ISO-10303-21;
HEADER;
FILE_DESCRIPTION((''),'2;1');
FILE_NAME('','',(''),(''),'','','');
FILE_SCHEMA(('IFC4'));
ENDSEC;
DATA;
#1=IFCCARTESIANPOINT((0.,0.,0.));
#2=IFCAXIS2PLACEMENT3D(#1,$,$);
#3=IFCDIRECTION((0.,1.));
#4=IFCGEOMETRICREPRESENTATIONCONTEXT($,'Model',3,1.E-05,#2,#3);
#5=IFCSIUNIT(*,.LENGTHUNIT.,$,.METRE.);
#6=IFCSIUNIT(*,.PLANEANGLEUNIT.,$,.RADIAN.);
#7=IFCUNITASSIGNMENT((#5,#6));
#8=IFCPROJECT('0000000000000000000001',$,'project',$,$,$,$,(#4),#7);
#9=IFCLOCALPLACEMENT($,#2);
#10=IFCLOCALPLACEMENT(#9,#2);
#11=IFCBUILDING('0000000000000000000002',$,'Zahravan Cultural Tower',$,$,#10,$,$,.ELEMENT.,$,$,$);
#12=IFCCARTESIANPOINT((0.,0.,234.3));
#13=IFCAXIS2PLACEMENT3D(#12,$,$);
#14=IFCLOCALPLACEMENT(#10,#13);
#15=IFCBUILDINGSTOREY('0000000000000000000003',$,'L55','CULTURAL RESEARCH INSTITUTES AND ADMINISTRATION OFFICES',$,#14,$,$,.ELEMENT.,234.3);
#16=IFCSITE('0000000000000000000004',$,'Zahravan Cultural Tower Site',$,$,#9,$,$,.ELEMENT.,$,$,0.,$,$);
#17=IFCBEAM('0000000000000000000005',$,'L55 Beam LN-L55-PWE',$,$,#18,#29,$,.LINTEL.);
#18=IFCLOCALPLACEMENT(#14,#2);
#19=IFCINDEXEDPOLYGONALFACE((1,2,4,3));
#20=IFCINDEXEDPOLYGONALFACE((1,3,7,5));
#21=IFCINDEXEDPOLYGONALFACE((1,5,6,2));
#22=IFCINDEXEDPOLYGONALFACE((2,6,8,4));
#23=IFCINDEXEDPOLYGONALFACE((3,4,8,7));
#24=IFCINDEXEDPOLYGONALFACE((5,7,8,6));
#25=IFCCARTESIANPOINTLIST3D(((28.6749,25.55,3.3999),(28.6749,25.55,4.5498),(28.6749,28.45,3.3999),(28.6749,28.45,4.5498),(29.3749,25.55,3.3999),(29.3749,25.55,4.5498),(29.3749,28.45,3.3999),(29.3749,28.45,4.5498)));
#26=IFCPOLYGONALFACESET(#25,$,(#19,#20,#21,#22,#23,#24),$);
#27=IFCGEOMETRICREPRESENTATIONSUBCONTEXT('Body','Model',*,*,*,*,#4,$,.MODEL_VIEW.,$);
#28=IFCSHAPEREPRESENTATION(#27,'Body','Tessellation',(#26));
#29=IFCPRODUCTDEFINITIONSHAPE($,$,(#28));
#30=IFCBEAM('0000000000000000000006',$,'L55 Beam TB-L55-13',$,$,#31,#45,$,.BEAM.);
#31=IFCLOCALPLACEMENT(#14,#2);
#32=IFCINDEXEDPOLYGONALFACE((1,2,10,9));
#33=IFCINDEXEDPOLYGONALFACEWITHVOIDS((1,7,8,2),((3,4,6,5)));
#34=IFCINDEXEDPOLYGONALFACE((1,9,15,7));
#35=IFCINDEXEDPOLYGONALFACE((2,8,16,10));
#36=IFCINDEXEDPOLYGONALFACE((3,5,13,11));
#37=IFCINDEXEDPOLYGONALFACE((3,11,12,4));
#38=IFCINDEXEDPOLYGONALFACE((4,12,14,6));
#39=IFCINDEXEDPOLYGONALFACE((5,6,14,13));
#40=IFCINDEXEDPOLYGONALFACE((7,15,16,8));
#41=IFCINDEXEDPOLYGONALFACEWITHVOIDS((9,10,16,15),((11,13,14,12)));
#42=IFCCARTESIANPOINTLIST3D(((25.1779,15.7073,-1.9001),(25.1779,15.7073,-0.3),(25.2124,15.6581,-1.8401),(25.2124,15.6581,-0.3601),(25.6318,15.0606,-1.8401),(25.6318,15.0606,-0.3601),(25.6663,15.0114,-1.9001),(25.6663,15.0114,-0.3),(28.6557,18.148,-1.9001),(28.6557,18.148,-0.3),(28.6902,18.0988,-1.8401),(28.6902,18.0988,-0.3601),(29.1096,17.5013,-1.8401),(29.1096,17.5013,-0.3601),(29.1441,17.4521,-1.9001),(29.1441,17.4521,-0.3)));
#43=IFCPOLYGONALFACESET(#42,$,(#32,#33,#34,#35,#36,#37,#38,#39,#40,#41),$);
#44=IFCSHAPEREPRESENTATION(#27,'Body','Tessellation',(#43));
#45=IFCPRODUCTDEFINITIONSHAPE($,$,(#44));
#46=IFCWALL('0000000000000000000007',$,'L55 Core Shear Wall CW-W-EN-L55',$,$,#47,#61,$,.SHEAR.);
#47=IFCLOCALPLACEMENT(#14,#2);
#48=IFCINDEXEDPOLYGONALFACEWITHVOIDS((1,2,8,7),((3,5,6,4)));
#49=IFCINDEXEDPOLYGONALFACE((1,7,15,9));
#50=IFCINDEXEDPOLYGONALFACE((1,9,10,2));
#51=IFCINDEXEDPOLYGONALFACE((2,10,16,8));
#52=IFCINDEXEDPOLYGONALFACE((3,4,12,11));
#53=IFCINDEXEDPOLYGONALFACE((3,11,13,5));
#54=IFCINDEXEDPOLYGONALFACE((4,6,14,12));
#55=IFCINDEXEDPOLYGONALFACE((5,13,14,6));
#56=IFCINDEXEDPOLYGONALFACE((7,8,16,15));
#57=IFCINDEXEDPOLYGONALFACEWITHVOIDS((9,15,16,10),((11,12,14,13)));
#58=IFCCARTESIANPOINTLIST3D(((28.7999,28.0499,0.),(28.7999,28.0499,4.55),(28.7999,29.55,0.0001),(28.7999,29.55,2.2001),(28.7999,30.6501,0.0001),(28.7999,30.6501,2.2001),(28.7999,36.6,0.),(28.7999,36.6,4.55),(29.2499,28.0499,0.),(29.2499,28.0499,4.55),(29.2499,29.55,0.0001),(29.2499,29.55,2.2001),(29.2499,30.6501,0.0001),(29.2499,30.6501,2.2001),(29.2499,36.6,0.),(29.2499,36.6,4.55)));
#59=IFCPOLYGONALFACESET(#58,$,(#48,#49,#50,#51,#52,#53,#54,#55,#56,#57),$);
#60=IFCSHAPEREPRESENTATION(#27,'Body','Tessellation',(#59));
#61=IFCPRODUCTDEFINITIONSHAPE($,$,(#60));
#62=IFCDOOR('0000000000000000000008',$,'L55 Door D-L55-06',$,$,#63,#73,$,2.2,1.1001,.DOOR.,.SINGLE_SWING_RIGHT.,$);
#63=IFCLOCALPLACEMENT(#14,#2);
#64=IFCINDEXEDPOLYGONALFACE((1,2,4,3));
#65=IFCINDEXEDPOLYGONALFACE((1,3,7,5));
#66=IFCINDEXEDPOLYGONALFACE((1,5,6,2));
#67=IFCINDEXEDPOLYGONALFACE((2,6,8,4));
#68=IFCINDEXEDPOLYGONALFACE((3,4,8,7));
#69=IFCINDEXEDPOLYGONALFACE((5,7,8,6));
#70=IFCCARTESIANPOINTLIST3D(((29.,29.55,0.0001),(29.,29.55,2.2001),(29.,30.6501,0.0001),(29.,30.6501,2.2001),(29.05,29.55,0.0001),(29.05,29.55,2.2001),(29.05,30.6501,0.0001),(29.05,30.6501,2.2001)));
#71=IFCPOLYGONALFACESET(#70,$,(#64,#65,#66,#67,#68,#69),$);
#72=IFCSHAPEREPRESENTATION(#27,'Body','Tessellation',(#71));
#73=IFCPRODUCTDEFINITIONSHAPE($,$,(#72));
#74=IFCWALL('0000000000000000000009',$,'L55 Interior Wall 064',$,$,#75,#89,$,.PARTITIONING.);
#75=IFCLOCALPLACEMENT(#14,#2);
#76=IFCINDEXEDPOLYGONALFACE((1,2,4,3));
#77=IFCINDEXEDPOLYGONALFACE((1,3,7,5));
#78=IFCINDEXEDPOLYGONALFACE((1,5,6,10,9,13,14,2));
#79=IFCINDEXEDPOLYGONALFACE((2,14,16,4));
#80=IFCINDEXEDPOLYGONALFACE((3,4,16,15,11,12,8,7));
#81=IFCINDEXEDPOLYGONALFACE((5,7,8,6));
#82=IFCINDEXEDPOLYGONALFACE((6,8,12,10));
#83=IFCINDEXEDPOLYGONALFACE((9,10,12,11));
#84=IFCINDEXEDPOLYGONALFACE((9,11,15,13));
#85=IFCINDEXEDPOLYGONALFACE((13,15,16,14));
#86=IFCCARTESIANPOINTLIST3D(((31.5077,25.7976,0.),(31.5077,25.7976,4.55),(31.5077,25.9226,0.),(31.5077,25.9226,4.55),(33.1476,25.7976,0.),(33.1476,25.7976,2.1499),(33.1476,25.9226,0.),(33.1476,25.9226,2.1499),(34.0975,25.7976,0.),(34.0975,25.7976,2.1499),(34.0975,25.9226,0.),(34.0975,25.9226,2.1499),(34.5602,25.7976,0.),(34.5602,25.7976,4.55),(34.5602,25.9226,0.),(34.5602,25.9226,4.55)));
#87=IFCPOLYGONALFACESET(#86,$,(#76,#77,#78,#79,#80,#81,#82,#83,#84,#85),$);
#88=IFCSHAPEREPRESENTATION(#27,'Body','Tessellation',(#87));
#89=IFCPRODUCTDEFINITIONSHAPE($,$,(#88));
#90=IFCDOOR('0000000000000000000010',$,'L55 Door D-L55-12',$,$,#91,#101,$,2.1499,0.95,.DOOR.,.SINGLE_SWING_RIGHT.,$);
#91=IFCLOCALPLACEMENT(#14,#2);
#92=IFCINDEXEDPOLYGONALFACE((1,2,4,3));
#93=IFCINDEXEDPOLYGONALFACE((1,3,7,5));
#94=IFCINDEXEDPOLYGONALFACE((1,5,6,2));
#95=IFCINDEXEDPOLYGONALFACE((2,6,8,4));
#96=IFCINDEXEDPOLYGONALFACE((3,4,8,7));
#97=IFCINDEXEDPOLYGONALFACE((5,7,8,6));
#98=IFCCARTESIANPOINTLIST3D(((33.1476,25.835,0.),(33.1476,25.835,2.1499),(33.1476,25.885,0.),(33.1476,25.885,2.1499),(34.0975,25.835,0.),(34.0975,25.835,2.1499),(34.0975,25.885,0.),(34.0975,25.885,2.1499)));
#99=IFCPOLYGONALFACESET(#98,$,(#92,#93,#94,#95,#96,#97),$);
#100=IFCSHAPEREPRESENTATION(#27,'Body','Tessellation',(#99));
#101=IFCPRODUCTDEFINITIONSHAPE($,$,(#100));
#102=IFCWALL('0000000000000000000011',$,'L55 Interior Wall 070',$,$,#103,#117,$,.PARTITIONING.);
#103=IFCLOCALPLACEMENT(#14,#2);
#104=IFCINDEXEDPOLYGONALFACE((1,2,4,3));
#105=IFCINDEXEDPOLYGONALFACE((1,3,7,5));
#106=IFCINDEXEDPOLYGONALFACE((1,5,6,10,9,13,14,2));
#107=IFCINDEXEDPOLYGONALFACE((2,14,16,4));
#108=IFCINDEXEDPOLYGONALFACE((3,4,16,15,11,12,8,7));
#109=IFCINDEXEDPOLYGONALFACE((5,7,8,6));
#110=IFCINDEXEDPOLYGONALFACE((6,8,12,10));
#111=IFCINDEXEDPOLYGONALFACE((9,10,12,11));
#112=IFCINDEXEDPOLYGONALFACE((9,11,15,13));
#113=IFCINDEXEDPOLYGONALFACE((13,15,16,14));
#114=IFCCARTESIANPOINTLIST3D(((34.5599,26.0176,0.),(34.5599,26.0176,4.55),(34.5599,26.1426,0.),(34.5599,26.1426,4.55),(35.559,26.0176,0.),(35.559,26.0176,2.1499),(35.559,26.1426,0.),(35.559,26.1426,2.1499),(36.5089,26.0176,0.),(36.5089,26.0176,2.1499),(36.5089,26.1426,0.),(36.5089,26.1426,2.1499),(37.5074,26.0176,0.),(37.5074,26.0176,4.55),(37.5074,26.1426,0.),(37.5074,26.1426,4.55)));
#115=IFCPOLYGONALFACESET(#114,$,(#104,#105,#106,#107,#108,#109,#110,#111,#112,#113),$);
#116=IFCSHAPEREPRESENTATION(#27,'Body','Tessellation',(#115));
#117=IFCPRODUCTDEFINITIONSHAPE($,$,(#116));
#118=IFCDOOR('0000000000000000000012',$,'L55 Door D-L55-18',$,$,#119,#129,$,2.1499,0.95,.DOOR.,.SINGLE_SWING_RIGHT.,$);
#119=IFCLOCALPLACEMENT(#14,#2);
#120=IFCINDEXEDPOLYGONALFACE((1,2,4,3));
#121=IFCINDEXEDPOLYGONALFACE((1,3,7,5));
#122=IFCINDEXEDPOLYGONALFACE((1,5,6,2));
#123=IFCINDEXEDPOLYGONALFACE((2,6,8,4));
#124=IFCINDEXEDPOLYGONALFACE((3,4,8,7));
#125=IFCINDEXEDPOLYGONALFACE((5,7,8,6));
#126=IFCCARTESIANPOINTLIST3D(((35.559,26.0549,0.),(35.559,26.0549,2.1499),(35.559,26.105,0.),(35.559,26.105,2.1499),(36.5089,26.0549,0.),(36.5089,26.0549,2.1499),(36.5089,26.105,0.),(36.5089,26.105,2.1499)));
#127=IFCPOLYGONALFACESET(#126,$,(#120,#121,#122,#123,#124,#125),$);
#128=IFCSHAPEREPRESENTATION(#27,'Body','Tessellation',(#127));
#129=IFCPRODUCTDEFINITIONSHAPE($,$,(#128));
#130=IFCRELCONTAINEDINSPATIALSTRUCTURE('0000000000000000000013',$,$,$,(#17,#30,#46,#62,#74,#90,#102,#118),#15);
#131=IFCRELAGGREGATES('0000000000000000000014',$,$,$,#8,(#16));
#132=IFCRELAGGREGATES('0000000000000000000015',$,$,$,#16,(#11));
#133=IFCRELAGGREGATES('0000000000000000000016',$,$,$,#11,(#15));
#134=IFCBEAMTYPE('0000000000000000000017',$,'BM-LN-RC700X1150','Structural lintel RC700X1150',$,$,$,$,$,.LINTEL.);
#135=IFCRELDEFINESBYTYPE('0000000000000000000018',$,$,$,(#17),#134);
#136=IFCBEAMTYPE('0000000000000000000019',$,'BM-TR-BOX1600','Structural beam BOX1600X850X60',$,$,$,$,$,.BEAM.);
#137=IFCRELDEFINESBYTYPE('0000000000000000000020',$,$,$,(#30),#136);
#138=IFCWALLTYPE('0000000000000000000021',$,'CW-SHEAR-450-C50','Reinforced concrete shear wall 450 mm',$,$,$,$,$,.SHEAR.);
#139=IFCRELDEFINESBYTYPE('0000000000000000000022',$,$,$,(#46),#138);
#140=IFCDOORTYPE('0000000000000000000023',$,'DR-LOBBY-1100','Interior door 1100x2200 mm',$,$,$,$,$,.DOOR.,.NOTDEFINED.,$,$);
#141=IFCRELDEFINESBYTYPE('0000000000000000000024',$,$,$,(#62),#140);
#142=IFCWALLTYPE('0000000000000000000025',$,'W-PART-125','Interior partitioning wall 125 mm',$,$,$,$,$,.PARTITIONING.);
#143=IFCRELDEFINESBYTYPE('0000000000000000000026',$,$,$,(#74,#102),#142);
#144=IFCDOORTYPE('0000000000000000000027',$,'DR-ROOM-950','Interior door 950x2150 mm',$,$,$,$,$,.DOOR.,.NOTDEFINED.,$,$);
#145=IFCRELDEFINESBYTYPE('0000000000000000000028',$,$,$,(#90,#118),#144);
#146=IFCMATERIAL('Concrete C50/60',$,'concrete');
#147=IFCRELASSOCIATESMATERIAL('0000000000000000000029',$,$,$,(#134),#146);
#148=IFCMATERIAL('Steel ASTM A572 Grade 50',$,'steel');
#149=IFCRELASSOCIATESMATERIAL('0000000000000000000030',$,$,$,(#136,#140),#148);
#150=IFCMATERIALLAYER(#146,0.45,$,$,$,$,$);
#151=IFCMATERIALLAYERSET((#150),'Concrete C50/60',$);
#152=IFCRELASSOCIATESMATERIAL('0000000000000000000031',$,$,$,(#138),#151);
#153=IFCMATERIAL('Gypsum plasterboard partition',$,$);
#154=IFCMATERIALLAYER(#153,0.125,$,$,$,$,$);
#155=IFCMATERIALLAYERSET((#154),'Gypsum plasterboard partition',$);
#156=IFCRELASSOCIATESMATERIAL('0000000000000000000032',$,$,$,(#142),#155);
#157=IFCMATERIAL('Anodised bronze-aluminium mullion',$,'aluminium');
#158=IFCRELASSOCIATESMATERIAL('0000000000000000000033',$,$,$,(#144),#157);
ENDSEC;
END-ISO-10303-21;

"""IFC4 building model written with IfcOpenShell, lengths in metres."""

from ifc_helpers import new_model, si_unit, direction, frame, frame_2d, origin, origin_2d, place, context, subcontext, project, spatial, rectangle, hollow_rectangle, extrude, source, transform, mapped, material, layer, layer_set, material_profile, profile_set, type_object, element, fill, save


model = new_model("IFC4")

# Units and contexts
model_context = context("Model", 3, precision=1e-05, world=origin(), true_north=direction((0.0, 1.0)))
body_context = subcontext(model_context, "Body", "Model", "MODEL_VIEW")
ifc_project = project(units=[si_unit("LENGTHUNIT", "METRE"), si_unit("PLANEANGLEUNIT", "RADIAN")], contexts=[model_context])

# Site, building, storey
site_placement = place(None, origin())
site = spatial("IfcSite", under=ifc_project, at=site_placement, Name="Zahravan Cultural Tower Site", CompositionType="ELEMENT", RefElevation=0.0)
building_placement = place(site_placement, origin())
building = spatial("IfcBuilding", under=site, at=building_placement, Name="Zahravan Cultural Tower", CompositionType="ELEMENT")
storey_placement = place(building_placement, frame((0.0, 0.0, 234.3)))
storey = spatial("IfcBuildingStorey", under=building, at=storey_placement, Name="L55", Description="CULTURAL RESEARCH INSTITUTES AND ADMINISTRATION OFFICES", CompositionType="ELEMENT", Elevation=234.3)

# Beams
ifc_material_1 = material(Name="Concrete C50/60", Category="concrete")
ifc_material_profile_1 = material_profile(ifc_material_1, rectangle(XDim=0.7, YDim=1.1499, at=origin_2d()), Name="RC700X1150")
ifc_profile_set_1 = profile_set([ifc_material_profile_1], Name="Concrete C50/60")
beam_type_1 = type_object("IfcBeamType", Name="BM-LN-RC700X1150", Description="Structural lintel RC700X1150", PredefinedType="LINTEL", material=ifc_profile_set_1)
shared_shape_1 = source(origin(), body_context, "Body", "SweptSolid", [
    extrude(rectangle(XDim=0.7, YDim=1.1499, at=origin_2d()), origin(), (0.0, 0.0, 1.0), 2.8999),
])
beam_1_placement = place(storey_placement, frame((29.0249, 25.55, 3.9749), z_axis=(0.0, 1.0, 0.0), x_axis=(-1.0, 0.0, 0.0)))
element("IfcBeam", 1, at=beam_1_placement, inside=storey, type_object=beam_type_1, Name="L55 Beam LN-L55-PWE", PredefinedType="LINTEL", context=body_context, shape_type="MappedRepresentation", body=[
    mapped(shared_shape_1, transform((0.0, 0.0, 0.0), x_axis=(1.0, 0.0, 0.0), y_axis=(0.0, 1.0, 0.0), z_axis=(0.0, 0.0, 1.0), scale=1.0)),
])
ifc_material_2 = material(Name="Steel ASTM A572 Grade 50", Category="steel")
ifc_material_profile_2 = material_profile(ifc_material_2, hollow_rectangle(XDim=0.8501, YDim=1.6001, WallThickness=0.0601, at=origin_2d()), Name="BOX1600X850X60")
ifc_profile_set_2 = profile_set([ifc_material_profile_2], Name="Steel ASTM A572 Grade 50")
beam_type_2 = type_object("IfcBeamType", Name="BM-TR-BOX1600", Description="Structural beam BOX1600X850X60", PredefinedType="BEAM", material=ifc_profile_set_2)
shared_shape_2 = source(origin(), body_context, "Body", "SweptSolid", [
    extrude(hollow_rectangle(XDim=0.8501, YDim=1.6001, WallThickness=0.0601, at=origin_2d()), origin(), (0.0, 0.0, 1.0), 4.2488),
])
beam_2_placement = place(storey_placement, frame((28.8999, 17.8, -1.1001), z_axis=(-0.818543, -0.574445, 0.0), x_axis=(0.574445, -0.818543, 0.0)))
element("IfcBeam", 2, at=beam_2_placement, inside=storey, type_object=beam_type_2, Name="L55 Beam TB-L55-13", PredefinedType="BEAM", context=body_context, shape_type="MappedRepresentation", body=[
    mapped(shared_shape_2, transform((0.0, 0.0, 0.0), x_axis=(1.0, 0.0, 0.0), y_axis=(0.0, 1.0, 0.0), z_axis=(0.0, 0.0, 1.0), scale=1.0)),
])

# Walls, openings, doors
ifc_layer_1 = layer(ifc_material_1, 0.45)
ifc_layer_set_1 = layer_set([ifc_layer_1], Name="Concrete C50/60")
wall_type_1 = type_object("IfcWallType", Name="CW-SHEAR-450-C50", Description="Reinforced concrete shear wall 450 mm", PredefinedType="SHEAR", material=ifc_layer_set_1)
wall_1_placement = place(storey_placement, frame((29.0249, 28.05, 0.0), z_axis=(0.0, 0.0, 1.0), x_axis=(0.0, 1.0, 0.0)))
wall_1 = element("IfcWall", 3, at=wall_1_placement, inside=storey, type_object=wall_type_1, Name="L55 Core Shear Wall CW-W-EN-L55", PredefinedType="SHEAR", context=body_context, shape_type="SweptSolid", body=[
    extrude(rectangle(XDim=8.55, YDim=0.45, at=frame_2d((4.2749, 0.0))), origin(), (0.0, 0.0, 1.0), 4.55),
])
opening_1_placement = place(wall_1_placement, frame((1.5, 0.0, 0.0)))
opening_1 = element("IfcOpeningElement", 4, at=opening_1_placement, cuts=wall_1, PredefinedType="OPENING", context=body_context, shape_type="SweptSolid", body=[
    extrude(rectangle(XDim=1.1001, YDim=2.2, at=frame_2d((0.55, 1.1001))), frame((0.0, 0.2349, 0.0), z_axis=(0.0, -1.0, 0.0), x_axis=(1.0, 0.0, 0.0)), (0.0, 0.0, 1.0), 0.47),
])
door_type_1 = type_object("IfcDoorType", Name="DR-LOBBY-1100", Description="Interior door 1100x2200 mm", OperationType="NOTDEFINED", PredefinedType="DOOR", material=ifc_material_2)
shared_shape_3 = source(origin(), body_context, "Body", "SweptSolid", [
    extrude(rectangle(XDim=1.1001, YDim=2.2, at=frame_2d((0.55, 1.1001))), frame((0.0, 0.0249, 0.0), z_axis=(0.0, -1.0, 0.0), x_axis=(1.0, 0.0, 0.0)), (0.0, 0.0, 1.0), 0.05),
])
door_1_placement = place(opening_1_placement, origin())
door_1 = element("IfcDoor", 5, at=door_1_placement, inside=storey, type_object=door_type_1, Name="L55 Door D-L55-06", OperationType="SINGLE_SWING_RIGHT", OverallHeight=2.2, OverallWidth=1.1001, PredefinedType="DOOR", context=body_context, shape_type="MappedRepresentation", body=[
    mapped(shared_shape_3, transform((0.0, 0.0, 0.0), x_axis=(1.0, 0.0, 0.0), y_axis=(0.0, 1.0, 0.0), z_axis=(0.0, 0.0, 1.0), scale=1.0)),
])
fill(opening_1, door_1)
ifc_material_3 = material(Name="Gypsum plasterboard partition")
ifc_layer_2 = layer(ifc_material_3, 0.125)
ifc_layer_set_2 = layer_set([ifc_layer_2], Name="Gypsum plasterboard partition")
wall_type_2 = type_object("IfcWallType", Name="W-PART-125", Description="Interior partitioning wall 125 mm", PredefinedType="PARTITIONING", material=ifc_layer_set_2)
wall_2_placement = place(storey_placement, frame((31.5076, 25.8601, 0.0), z_axis=(0.0, 0.0, 1.0), x_axis=(1.0, 0.0, 0.0)))
wall_2 = element("IfcWall", 6, at=wall_2_placement, inside=storey, type_object=wall_type_2, Name="L55 Interior Wall 064", PredefinedType="PARTITIONING", context=body_context, shape_type="SweptSolid", body=[
    extrude(rectangle(XDim=3.0525, YDim=0.125, at=frame_2d((1.5264, 0.0))), origin(), (0.0, 0.0, 1.0), 4.55),
])
opening_2_placement = place(wall_2_placement, frame((1.6399, 0.0, 0.0)))
opening_2 = element("IfcOpeningElement", 7, at=opening_2_placement, cuts=wall_2, PredefinedType="OPENING", context=body_context, shape_type="SweptSolid", body=[
    extrude(rectangle(XDim=0.95, YDim=2.1499, at=frame_2d((0.4751, 1.075))), frame((0.0, 0.0725, 0.0), z_axis=(0.0, -1.0, 0.0), x_axis=(1.0, 0.0, 0.0)), (0.0, 0.0, 1.0), 0.145),
])
ifc_material_4 = material(Name="Anodised bronze-aluminium mullion", Category="aluminium")
door_type_2 = type_object("IfcDoorType", Name="DR-ROOM-950", Description="Interior door 950x2150 mm", OperationType="NOTDEFINED", PredefinedType="DOOR", material=ifc_material_4)
shared_shape_4 = source(origin(), body_context, "Body", "SweptSolid", [
    extrude(rectangle(XDim=0.95, YDim=2.1499, at=frame_2d((0.4751, 1.075))), frame((0.0, 0.0249, 0.0), z_axis=(0.0, -1.0, 0.0), x_axis=(1.0, 0.0, 0.0)), (0.0, 0.0, 1.0), 0.05),
])
door_2_placement = place(opening_2_placement, origin())
door_2 = element("IfcDoor", 8, at=door_2_placement, inside=storey, type_object=door_type_2, Name="L55 Door D-L55-12", OperationType="SINGLE_SWING_RIGHT", OverallHeight=2.1499, OverallWidth=0.95, PredefinedType="DOOR", context=body_context, shape_type="MappedRepresentation", body=[
    mapped(shared_shape_4, transform((0.0, 0.0, 0.0), x_axis=(1.0, 0.0, 0.0), y_axis=(0.0, 1.0, 0.0), z_axis=(0.0, 0.0, 1.0), scale=1.0)),
])
fill(opening_2, door_2)
wall_3_placement = place(storey_placement, frame((34.5601, 26.0801, 0.0), z_axis=(0.0, 0.0, 1.0), x_axis=(1.0, 0.0, 0.0)))
wall_3 = element("IfcWall", 9, at=wall_3_placement, inside=storey, type_object=wall_type_2, Name="L55 Interior Wall 070", PredefinedType="PARTITIONING", context=body_context, shape_type="SweptSolid", body=[
    extrude(rectangle(XDim=2.9475, YDim=0.125, at=frame_2d((1.4736, 0.0))), origin(), (0.0, 0.0, 1.0), 4.55),
])
opening_3_placement = place(wall_3_placement, frame((0.9988, 0.0, 0.0)))
opening_3 = element("IfcOpeningElement", 10, at=opening_3_placement, cuts=wall_3, PredefinedType="OPENING", context=body_context, shape_type="SweptSolid", body=[
    extrude(rectangle(XDim=0.95, YDim=2.1499, at=frame_2d((0.4751, 1.075))), frame((0.0, 0.0725, 0.0), z_axis=(0.0, -1.0, 0.0), x_axis=(1.0, 0.0, 0.0)), (0.0, 0.0, 1.0), 0.145),
])
door_3_placement = place(opening_3_placement, origin())
door_3 = element("IfcDoor", 11, at=door_3_placement, inside=storey, type_object=door_type_2, Name="L55 Door D-L55-18", OperationType="SINGLE_SWING_RIGHT", OverallHeight=2.1499, OverallWidth=0.95, PredefinedType="DOOR", context=body_context, shape_type="MappedRepresentation", body=[
    mapped(shared_shape_4, transform((0.0, 0.0, 0.0), x_axis=(1.0, 0.0, 0.0), y_axis=(0.0, 1.0, 0.0), z_axis=(0.0, 0.0, 1.0), scale=1.0)),
])
fill(opening_3, door_3)

save(model, "model.ifc")
